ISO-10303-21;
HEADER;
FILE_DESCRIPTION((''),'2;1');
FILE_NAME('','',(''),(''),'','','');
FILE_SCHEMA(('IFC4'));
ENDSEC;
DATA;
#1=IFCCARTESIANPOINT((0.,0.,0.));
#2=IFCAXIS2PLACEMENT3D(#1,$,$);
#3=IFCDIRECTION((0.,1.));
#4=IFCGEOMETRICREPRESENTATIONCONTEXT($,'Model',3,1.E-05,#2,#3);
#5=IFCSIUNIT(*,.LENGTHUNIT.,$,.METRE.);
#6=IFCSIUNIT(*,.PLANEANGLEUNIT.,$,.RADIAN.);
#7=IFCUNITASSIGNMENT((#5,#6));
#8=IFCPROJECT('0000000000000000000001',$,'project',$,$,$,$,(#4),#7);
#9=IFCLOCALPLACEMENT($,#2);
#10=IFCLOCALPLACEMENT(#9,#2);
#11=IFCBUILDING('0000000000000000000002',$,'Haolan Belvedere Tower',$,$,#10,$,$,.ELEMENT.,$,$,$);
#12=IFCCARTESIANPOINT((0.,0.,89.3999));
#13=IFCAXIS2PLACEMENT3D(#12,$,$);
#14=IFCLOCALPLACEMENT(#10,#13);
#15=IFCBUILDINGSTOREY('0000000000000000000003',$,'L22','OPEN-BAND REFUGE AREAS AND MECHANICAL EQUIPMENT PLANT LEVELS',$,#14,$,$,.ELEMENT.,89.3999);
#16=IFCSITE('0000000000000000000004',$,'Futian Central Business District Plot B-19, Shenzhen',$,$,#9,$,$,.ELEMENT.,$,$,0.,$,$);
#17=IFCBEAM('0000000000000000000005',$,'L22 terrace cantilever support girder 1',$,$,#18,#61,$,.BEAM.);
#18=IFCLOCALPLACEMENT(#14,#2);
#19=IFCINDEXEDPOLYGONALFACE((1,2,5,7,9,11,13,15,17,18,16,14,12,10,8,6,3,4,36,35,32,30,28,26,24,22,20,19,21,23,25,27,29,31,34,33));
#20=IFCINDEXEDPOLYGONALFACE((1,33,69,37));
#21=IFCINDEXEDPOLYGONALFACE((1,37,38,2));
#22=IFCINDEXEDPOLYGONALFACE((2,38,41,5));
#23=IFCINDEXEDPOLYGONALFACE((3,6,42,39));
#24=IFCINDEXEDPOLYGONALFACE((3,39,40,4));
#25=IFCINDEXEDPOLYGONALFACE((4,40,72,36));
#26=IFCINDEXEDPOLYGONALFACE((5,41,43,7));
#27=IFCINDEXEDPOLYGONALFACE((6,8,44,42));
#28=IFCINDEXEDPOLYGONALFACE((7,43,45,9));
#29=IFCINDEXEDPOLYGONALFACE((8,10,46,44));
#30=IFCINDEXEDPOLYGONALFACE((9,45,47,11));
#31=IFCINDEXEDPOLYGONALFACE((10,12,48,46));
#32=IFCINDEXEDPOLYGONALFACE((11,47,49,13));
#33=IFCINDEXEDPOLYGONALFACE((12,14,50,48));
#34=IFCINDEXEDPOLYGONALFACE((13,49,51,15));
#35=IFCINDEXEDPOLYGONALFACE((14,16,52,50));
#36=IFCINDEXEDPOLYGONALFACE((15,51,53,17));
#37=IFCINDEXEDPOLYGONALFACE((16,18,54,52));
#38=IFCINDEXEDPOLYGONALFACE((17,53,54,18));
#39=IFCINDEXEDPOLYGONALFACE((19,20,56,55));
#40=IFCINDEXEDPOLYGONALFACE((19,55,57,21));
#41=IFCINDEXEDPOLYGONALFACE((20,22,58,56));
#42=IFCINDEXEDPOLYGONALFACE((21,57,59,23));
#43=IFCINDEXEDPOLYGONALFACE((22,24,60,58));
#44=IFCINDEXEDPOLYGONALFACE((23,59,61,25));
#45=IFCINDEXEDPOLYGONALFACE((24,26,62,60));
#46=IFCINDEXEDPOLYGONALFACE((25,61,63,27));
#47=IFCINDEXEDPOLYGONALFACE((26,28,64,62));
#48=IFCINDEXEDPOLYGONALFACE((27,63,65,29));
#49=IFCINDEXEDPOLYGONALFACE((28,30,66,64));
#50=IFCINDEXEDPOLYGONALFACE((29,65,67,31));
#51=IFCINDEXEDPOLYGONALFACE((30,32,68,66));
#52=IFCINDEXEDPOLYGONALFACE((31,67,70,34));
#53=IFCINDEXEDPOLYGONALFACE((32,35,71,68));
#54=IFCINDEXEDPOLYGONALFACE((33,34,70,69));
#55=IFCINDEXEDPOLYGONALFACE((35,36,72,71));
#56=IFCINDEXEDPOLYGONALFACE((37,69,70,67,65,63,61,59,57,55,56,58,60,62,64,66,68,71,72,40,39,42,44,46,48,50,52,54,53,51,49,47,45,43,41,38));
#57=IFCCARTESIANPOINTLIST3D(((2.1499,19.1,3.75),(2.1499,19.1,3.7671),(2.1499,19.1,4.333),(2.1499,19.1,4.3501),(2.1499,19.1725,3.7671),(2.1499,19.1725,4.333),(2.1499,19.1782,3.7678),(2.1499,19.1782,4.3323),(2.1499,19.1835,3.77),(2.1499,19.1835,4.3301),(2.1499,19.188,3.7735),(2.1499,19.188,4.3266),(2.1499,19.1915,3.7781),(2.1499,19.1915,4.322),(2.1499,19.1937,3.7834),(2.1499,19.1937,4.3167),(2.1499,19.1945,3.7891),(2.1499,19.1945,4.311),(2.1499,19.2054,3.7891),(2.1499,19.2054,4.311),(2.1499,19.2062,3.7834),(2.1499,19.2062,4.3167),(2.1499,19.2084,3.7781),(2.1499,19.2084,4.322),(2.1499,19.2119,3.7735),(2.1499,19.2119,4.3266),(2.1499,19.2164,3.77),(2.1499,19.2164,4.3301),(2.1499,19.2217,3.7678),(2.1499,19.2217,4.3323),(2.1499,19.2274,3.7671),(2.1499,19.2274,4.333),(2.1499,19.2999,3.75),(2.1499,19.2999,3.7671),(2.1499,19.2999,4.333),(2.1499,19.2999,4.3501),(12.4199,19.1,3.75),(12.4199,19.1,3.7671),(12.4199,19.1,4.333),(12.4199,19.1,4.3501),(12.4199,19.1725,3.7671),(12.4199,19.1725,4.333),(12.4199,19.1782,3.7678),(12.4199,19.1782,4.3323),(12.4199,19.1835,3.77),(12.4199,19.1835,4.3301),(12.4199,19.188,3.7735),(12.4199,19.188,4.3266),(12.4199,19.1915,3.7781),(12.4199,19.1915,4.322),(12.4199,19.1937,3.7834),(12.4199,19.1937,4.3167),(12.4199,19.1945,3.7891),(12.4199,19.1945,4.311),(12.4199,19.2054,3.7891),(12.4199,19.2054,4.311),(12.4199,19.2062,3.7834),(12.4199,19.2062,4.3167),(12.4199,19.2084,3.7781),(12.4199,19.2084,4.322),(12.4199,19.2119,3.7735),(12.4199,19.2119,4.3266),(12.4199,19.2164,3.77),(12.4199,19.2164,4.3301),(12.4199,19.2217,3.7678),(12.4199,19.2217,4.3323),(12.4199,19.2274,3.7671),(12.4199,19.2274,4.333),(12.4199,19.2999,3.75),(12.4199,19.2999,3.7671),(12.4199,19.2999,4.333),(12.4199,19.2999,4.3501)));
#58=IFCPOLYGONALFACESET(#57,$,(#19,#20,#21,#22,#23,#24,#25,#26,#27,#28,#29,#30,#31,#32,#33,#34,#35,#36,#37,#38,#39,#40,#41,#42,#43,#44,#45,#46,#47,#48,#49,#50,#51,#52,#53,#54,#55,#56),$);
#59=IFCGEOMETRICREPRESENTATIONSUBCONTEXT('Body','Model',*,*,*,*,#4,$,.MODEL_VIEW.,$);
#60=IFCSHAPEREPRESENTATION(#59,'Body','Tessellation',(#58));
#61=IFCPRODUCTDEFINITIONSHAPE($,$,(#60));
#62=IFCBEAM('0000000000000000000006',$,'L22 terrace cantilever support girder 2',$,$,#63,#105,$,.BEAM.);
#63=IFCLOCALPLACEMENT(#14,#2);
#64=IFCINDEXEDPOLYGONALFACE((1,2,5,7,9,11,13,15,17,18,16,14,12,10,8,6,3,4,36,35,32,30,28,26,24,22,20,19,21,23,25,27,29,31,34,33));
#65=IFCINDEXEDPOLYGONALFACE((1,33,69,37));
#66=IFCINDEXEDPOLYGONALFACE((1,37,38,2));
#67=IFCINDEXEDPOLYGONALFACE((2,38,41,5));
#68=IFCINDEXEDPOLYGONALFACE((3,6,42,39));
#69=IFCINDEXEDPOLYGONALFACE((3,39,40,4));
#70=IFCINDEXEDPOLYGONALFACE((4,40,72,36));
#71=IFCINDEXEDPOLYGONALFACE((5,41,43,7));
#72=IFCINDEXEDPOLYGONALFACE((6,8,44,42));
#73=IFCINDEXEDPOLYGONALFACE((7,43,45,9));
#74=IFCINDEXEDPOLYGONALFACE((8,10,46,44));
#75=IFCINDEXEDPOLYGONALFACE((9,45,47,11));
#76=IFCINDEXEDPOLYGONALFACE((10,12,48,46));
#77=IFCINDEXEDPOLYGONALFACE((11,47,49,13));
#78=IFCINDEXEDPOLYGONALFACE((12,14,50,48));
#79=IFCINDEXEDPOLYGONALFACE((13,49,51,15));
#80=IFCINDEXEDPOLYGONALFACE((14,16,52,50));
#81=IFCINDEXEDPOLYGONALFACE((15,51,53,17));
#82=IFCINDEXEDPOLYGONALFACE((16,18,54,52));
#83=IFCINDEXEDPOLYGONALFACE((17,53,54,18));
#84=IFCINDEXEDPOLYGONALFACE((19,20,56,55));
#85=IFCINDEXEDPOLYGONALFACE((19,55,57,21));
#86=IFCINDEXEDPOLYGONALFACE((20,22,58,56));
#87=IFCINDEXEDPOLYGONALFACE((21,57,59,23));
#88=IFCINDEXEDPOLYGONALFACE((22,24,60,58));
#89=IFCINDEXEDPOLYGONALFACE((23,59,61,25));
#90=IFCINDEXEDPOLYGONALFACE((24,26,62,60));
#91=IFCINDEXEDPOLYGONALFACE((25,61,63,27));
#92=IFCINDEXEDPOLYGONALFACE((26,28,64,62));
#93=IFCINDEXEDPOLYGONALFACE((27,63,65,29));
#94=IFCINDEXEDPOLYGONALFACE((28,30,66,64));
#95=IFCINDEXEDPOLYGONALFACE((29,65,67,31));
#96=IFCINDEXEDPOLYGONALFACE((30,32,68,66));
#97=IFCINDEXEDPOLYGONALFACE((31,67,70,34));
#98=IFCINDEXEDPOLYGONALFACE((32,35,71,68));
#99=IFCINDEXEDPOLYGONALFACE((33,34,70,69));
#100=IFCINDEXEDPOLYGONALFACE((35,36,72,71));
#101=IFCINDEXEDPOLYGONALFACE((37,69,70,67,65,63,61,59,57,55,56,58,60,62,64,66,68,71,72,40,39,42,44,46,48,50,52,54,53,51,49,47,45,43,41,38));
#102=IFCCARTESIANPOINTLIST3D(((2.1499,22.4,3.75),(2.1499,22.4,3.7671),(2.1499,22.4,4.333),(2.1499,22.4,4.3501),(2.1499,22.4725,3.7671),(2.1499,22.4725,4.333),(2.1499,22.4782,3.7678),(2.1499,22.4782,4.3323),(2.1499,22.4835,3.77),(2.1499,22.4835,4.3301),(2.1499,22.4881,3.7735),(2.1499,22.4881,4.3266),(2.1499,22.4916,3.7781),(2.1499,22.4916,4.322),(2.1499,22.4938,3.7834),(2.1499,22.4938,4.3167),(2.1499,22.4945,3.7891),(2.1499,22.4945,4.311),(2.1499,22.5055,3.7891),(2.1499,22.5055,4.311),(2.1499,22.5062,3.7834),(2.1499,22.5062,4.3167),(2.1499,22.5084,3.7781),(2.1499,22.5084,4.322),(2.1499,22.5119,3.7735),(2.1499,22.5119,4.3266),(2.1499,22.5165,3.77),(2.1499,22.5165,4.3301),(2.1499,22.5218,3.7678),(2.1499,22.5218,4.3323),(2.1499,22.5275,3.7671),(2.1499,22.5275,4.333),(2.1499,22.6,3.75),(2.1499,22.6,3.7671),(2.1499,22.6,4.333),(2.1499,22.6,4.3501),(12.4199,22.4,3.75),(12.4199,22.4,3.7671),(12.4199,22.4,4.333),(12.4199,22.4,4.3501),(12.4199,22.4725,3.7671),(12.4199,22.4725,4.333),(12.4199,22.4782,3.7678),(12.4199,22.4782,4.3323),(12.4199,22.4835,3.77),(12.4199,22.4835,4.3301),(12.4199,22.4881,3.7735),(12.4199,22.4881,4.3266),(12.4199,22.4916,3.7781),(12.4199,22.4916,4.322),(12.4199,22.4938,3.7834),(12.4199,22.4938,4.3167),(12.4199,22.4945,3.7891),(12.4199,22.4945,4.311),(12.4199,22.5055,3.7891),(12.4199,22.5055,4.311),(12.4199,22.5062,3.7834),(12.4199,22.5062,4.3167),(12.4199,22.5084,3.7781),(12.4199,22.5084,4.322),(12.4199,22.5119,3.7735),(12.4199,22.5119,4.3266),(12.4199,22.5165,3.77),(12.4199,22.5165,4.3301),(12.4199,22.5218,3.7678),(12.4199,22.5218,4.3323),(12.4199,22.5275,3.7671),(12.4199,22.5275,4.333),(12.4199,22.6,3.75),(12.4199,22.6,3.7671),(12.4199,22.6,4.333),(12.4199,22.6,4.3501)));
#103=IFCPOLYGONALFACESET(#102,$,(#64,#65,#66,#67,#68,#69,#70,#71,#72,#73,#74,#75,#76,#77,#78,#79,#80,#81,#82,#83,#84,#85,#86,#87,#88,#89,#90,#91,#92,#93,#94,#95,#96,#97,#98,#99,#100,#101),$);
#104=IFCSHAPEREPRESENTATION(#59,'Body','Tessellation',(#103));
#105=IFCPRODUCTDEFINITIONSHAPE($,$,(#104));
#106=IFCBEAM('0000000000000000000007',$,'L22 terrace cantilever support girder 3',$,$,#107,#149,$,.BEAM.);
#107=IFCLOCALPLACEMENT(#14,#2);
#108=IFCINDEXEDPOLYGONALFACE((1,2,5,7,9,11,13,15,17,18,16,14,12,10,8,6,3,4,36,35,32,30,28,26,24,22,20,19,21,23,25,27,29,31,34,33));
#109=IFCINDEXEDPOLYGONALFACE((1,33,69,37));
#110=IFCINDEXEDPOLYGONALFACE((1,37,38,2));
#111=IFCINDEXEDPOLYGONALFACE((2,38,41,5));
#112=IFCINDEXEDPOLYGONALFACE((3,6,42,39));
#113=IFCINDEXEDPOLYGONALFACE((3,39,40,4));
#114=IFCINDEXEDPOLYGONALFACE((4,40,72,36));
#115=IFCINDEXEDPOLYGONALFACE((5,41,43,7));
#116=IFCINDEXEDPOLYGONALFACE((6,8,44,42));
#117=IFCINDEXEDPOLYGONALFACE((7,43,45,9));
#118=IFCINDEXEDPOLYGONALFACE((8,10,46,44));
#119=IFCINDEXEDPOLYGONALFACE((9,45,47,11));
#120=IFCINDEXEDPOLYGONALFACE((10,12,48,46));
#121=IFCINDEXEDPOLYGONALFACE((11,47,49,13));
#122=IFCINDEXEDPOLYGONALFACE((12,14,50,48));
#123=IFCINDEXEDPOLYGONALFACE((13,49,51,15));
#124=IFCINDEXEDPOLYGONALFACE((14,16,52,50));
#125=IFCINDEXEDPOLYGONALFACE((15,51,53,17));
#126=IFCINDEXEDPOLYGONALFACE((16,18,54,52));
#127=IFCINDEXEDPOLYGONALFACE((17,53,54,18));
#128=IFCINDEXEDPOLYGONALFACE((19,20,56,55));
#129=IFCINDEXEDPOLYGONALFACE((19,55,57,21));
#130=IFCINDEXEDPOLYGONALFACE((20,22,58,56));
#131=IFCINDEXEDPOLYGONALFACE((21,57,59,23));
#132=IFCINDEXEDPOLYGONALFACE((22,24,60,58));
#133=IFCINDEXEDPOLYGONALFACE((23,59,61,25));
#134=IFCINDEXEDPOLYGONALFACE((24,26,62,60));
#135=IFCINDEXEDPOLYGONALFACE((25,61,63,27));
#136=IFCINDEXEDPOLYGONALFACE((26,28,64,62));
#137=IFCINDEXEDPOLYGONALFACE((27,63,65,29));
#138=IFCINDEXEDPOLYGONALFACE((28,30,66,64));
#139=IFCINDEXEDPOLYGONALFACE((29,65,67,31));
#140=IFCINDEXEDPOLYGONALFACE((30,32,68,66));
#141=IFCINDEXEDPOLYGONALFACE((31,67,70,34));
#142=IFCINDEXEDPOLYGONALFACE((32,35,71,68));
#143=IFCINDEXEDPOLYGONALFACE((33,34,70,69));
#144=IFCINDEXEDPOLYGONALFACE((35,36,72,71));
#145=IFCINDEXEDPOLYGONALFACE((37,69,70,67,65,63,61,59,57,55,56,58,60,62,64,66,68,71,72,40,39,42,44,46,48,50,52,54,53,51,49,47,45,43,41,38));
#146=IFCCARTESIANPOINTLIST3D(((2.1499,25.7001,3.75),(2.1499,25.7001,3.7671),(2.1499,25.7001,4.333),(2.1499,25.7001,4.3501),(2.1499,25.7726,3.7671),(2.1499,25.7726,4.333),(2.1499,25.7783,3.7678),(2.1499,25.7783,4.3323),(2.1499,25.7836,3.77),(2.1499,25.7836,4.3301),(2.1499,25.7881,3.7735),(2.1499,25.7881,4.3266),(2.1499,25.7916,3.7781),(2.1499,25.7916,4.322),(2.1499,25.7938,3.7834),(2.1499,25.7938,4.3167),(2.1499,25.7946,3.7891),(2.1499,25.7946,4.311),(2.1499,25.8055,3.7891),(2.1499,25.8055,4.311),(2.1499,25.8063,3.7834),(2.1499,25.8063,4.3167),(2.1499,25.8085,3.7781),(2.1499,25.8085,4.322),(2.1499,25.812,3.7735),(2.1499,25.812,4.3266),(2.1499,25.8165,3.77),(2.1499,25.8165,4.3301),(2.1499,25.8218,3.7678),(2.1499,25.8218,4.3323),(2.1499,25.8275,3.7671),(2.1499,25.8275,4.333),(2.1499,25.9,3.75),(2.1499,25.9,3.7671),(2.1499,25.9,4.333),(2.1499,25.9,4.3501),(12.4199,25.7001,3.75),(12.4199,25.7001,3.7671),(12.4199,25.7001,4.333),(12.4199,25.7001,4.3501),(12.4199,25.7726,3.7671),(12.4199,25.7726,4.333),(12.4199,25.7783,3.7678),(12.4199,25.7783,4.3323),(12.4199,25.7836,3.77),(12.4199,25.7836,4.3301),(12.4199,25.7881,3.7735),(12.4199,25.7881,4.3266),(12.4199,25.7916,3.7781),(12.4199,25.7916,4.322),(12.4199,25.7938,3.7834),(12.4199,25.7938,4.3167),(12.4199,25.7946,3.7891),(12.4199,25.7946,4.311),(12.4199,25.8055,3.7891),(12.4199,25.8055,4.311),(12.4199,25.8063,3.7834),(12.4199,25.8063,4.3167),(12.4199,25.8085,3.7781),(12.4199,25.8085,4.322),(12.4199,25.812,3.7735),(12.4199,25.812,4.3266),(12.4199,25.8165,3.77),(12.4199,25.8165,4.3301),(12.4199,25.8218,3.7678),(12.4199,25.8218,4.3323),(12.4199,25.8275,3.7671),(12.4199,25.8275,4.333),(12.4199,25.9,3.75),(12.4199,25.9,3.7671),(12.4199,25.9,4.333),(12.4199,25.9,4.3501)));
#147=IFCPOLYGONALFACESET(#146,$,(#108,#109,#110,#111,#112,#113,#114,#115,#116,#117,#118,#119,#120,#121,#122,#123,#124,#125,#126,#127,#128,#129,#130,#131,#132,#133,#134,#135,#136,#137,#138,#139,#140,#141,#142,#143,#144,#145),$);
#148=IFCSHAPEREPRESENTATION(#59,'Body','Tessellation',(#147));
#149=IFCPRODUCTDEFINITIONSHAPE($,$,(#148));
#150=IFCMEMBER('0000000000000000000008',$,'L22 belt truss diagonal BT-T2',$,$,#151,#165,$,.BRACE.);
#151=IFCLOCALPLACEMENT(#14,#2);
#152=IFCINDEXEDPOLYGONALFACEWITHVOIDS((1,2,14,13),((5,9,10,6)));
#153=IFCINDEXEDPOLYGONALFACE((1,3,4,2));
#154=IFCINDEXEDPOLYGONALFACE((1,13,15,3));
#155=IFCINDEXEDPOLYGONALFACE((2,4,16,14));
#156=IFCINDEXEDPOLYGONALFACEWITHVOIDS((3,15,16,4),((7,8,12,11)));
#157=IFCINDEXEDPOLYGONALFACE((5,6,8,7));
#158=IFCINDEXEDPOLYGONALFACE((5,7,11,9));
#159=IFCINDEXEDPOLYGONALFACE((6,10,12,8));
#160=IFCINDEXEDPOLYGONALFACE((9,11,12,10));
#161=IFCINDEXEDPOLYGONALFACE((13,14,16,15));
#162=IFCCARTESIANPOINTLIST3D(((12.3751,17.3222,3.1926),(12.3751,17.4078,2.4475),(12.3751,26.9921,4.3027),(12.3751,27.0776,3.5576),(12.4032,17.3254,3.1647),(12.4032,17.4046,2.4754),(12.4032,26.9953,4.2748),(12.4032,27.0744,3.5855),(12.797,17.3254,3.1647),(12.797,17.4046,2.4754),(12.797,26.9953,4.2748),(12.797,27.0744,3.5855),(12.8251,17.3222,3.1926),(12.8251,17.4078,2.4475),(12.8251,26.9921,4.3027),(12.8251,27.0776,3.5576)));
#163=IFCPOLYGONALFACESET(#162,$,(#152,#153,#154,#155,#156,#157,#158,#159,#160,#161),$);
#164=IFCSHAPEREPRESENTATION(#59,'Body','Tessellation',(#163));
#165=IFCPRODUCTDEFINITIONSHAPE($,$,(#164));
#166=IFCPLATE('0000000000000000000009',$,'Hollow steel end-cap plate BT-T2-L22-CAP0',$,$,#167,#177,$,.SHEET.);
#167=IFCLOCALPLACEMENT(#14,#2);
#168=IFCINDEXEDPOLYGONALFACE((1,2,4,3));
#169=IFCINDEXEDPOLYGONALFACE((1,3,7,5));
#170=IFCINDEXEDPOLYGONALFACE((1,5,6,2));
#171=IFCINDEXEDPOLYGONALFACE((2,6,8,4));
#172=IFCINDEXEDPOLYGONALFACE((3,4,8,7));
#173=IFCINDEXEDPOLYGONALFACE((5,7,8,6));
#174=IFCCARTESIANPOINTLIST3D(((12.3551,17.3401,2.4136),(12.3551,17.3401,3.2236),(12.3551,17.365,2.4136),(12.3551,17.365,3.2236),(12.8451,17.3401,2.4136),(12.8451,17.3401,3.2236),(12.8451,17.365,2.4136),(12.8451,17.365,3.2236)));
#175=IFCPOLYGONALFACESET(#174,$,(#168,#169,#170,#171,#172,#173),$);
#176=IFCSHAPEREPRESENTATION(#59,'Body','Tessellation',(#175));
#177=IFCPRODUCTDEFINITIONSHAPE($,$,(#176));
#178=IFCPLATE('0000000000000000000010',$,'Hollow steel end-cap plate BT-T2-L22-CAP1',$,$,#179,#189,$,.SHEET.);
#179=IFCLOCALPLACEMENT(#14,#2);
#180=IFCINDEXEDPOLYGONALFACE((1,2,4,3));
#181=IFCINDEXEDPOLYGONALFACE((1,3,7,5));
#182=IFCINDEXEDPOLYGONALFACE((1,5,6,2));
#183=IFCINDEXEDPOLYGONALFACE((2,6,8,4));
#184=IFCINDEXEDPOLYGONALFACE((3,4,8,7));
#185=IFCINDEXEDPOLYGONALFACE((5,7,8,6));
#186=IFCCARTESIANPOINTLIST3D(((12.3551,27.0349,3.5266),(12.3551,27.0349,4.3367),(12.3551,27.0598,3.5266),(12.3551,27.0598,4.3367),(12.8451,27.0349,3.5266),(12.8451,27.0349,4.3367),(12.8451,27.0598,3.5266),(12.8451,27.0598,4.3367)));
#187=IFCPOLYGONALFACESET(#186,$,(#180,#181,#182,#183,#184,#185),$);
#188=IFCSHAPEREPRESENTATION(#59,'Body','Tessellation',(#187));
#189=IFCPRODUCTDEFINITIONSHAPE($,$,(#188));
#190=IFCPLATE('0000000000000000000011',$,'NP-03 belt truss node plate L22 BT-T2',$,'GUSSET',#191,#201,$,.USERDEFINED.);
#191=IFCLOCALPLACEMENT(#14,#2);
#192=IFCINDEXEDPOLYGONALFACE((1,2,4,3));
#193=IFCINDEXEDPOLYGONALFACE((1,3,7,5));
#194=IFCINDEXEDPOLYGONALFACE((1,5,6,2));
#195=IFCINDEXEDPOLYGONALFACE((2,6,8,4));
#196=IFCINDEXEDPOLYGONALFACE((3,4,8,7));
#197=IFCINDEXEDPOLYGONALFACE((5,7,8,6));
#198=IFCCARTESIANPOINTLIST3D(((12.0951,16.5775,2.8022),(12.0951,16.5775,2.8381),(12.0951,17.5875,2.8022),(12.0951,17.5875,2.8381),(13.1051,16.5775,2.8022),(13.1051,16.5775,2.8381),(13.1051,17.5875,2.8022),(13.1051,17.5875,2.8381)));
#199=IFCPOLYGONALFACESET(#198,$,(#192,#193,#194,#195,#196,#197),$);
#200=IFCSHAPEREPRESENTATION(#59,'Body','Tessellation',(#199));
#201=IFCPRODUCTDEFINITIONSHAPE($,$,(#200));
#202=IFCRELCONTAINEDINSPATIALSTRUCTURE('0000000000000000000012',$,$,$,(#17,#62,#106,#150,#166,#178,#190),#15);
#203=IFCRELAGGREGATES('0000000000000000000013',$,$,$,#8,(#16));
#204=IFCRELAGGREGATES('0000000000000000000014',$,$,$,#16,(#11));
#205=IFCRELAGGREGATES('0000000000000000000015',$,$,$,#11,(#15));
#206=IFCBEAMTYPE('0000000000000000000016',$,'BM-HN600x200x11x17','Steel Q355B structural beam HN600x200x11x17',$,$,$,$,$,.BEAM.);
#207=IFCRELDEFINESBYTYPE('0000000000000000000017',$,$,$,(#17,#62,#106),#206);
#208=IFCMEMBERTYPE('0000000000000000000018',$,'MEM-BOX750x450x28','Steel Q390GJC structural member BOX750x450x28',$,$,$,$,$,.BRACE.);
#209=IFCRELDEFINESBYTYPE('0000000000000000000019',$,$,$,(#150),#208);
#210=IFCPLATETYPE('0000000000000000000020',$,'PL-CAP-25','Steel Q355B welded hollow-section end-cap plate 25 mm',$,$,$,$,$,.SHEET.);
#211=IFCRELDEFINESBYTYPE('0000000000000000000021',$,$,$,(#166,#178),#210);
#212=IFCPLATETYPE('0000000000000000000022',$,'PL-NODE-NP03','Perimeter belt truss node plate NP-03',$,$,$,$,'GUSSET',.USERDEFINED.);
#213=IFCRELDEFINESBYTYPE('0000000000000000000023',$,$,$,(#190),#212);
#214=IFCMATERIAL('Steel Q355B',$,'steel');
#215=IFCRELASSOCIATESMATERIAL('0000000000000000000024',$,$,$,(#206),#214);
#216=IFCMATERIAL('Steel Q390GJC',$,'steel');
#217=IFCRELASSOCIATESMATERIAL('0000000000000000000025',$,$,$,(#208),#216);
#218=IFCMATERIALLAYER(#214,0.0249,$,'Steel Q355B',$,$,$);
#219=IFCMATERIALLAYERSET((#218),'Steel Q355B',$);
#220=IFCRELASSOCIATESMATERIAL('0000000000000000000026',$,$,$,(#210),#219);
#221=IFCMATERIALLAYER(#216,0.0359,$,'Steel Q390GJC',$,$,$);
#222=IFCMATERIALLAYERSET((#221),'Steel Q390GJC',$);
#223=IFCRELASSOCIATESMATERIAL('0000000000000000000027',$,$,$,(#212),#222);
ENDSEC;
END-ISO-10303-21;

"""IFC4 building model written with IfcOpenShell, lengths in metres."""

from ifc_helpers import new_model, si_unit, direction, frame, origin, origin_2d, place, context, subcontext, project, spatial, rectangle, hollow_rectangle, i_section, extrude, material, layer, layer_set, material_profile, profile_set, type_object, element, save


model = new_model("IFC4")

# Units and contexts
model_context = context("Model", 3, precision=1e-05, world=origin(), true_north=direction((0.0, 1.0)))
body_context = subcontext(model_context, "Body", "Model", "MODEL_VIEW")
ifc_project = project(units=[si_unit("LENGTHUNIT", "METRE"), si_unit("PLANEANGLEUNIT", "RADIAN")], contexts=[model_context])

# Site, building, storey
site_placement = place(None, origin())
site = spatial("IfcSite", under=ifc_project, at=site_placement, Name="Futian Central Business District Plot B-19, Shenzhen", CompositionType="ELEMENT", RefElevation=0.0)
building_placement = place(site_placement, origin())
building = spatial("IfcBuilding", under=site, at=building_placement, Name="Haolan Belvedere Tower", CompositionType="ELEMENT")
storey_placement = place(building_placement, frame((0.0, 0.0, 89.3999)))
storey = spatial("IfcBuildingStorey", under=building, at=storey_placement, Name="L22", Description="OPEN-BAND REFUGE AREAS AND MECHANICAL EQUIPMENT PLANT LEVELS", CompositionType="ELEMENT", Elevation=89.3999)

# Shared definitions
ifc_material_1 = material(Name="Steel Q355B", Category="steel")

# Beams
ifc_material_profile_1 = material_profile(ifc_material_1, i_section(OverallWidth=0.2, OverallDepth=0.6001, WebThickness=0.011, FlangeThickness=0.0171, FilletRadius=0.022, at=origin_2d()), Name="Steel Q355B")
ifc_profile_set_1 = profile_set([ifc_material_profile_1], Name="Steel Q355B")
beam_type_1 = type_object("IfcBeamType", Name="BM-HN600x200x11x17", Description="Steel Q355B structural beam HN600x200x11x17", PredefinedType="BEAM", material=ifc_profile_set_1)
for number, where, z_axis, x_axis, name in (
    (1, (12.4199, 19.2, 4.05), (-1.0, 0.0, 0.0), (0.0, -1.0, 0.0), "L22 terrace cantilever support girder 1"),
    (2, (12.4199, 22.5, 4.05), (-1.0, 0.0, 0.0), (0.0, -1.0, 0.0), "L22 terrace cantilever support girder 2"),
    (3, (12.4199, 25.8, 4.05), (-1.0, 0.0, 0.0), (0.0, -1.0, 0.0), "L22 terrace cantilever support girder 3"),
):
    element("IfcBeam", number, at=place(storey_placement, frame(where, z_axis=z_axis, x_axis=x_axis)), inside=storey, type_object=beam_type_1, Name=name, PredefinedType="BEAM", context=body_context, shape_type="SweptSolid", body=[
        extrude(i_section(OverallWidth=0.2, OverallDepth=0.6001, WebThickness=0.011, FlangeThickness=0.0171, FilletRadius=0.022, at=origin_2d()), origin(), (0.0, 0.0, 1.0), 10.27),
    ])

# Member
ifc_material_2 = material(Name="Steel Q390GJC", Category="steel")
ifc_material_profile_2 = material_profile(ifc_material_2, hollow_rectangle(XDim=0.45, YDim=0.75, WallThickness=0.0281, at=origin_2d()), Name="Steel Q390GJC")
ifc_profile_set_2 = profile_set([ifc_material_profile_2], Name="Steel Q390GJC")
member_type = type_object("IfcMemberType", Name="MEM-BOX750x450x28", Description="Steel Q390GJC structural member BOX750x450x28", PredefinedType="BRACE", material=ifc_profile_set_2)
member_placement = place(storey_placement, frame((12.6001, 17.365, 2.8201), z_axis=(0.0, 0.993475, 0.114051), x_axis=(-1.0, 0.0, 0.0)))
element("IfcMember", 4, at=member_placement, inside=storey, type_object=member_type, Name="L22 belt truss diagonal BT-T2", PredefinedType="BRACE", context=body_context, shape_type="SweptSolid", body=[
    extrude(hollow_rectangle(XDim=0.45, YDim=0.75, WallThickness=0.0281, at=origin_2d()), origin(), (0.0, 0.0, 1.0), 9.7334),
])

# Plates
ifc_layer_1 = layer(ifc_material_1, 0.0249, Name="Steel Q355B")
ifc_layer_set_1 = layer_set([ifc_layer_1], Name="Steel Q355B")
plate_type_1 = type_object("IfcPlateType", Name="PL-CAP-25", Description="Steel Q355B welded hollow-section end-cap plate 25 mm", PredefinedType="SHEET", material=ifc_layer_set_1)
for number, where, z_axis, x_axis, name in (
    (5, (12.6001, 17.3525, 2.4136), (0.0, 0.0, 1.0), (1.0, 0.0, 0.0), "Hollow steel end-cap plate BT-T2-L22-CAP0"),
    (6, (12.6001, 27.0474, 3.5266), (0.0, 0.0, 1.0), (-1.0, 0.0, 0.0), "Hollow steel end-cap plate BT-T2-L22-CAP1"),
):
    element("IfcPlate", number, at=place(storey_placement, frame(where, z_axis=z_axis, x_axis=x_axis)), inside=storey, type_object=plate_type_1, Name=name, PredefinedType="SHEET", context=body_context, shape_type="SweptSolid", body=[
        extrude(rectangle(XDim=0.49, YDim=0.0249, at=origin_2d()), origin(), (0.0, 0.0, 1.0), 0.8101),
    ])
ifc_layer_2 = layer(ifc_material_2, 0.0359, Name="Steel Q390GJC")
ifc_layer_set_2 = layer_set([ifc_layer_2], Name="Steel Q390GJC")
plate_type_2 = type_object("IfcPlateType", Name="PL-NODE-NP03", Description="Perimeter belt truss node plate NP-03", ElementType="GUSSET", PredefinedType="USERDEFINED", material=ifc_layer_set_2)
plate_placement = place(storey_placement, frame((12.6001, 17.0825, 2.8022), z_axis=(0.0, 0.0, 1.0), x_axis=(1.0, 0.0, 0.0)))
element("IfcPlate", 7, at=plate_placement, inside=storey, type_object=plate_type_2, Name="NP-03 belt truss node plate L22 BT-T2", ObjectType="GUSSET", PredefinedType="USERDEFINED", context=body_context, shape_type="SweptSolid", body=[
    extrude(rectangle(XDim=1.01, YDim=1.01, at=origin_2d()), origin(), (0.0, 0.0, 1.0), 0.0359),
])

save(model, "model.ifc")
